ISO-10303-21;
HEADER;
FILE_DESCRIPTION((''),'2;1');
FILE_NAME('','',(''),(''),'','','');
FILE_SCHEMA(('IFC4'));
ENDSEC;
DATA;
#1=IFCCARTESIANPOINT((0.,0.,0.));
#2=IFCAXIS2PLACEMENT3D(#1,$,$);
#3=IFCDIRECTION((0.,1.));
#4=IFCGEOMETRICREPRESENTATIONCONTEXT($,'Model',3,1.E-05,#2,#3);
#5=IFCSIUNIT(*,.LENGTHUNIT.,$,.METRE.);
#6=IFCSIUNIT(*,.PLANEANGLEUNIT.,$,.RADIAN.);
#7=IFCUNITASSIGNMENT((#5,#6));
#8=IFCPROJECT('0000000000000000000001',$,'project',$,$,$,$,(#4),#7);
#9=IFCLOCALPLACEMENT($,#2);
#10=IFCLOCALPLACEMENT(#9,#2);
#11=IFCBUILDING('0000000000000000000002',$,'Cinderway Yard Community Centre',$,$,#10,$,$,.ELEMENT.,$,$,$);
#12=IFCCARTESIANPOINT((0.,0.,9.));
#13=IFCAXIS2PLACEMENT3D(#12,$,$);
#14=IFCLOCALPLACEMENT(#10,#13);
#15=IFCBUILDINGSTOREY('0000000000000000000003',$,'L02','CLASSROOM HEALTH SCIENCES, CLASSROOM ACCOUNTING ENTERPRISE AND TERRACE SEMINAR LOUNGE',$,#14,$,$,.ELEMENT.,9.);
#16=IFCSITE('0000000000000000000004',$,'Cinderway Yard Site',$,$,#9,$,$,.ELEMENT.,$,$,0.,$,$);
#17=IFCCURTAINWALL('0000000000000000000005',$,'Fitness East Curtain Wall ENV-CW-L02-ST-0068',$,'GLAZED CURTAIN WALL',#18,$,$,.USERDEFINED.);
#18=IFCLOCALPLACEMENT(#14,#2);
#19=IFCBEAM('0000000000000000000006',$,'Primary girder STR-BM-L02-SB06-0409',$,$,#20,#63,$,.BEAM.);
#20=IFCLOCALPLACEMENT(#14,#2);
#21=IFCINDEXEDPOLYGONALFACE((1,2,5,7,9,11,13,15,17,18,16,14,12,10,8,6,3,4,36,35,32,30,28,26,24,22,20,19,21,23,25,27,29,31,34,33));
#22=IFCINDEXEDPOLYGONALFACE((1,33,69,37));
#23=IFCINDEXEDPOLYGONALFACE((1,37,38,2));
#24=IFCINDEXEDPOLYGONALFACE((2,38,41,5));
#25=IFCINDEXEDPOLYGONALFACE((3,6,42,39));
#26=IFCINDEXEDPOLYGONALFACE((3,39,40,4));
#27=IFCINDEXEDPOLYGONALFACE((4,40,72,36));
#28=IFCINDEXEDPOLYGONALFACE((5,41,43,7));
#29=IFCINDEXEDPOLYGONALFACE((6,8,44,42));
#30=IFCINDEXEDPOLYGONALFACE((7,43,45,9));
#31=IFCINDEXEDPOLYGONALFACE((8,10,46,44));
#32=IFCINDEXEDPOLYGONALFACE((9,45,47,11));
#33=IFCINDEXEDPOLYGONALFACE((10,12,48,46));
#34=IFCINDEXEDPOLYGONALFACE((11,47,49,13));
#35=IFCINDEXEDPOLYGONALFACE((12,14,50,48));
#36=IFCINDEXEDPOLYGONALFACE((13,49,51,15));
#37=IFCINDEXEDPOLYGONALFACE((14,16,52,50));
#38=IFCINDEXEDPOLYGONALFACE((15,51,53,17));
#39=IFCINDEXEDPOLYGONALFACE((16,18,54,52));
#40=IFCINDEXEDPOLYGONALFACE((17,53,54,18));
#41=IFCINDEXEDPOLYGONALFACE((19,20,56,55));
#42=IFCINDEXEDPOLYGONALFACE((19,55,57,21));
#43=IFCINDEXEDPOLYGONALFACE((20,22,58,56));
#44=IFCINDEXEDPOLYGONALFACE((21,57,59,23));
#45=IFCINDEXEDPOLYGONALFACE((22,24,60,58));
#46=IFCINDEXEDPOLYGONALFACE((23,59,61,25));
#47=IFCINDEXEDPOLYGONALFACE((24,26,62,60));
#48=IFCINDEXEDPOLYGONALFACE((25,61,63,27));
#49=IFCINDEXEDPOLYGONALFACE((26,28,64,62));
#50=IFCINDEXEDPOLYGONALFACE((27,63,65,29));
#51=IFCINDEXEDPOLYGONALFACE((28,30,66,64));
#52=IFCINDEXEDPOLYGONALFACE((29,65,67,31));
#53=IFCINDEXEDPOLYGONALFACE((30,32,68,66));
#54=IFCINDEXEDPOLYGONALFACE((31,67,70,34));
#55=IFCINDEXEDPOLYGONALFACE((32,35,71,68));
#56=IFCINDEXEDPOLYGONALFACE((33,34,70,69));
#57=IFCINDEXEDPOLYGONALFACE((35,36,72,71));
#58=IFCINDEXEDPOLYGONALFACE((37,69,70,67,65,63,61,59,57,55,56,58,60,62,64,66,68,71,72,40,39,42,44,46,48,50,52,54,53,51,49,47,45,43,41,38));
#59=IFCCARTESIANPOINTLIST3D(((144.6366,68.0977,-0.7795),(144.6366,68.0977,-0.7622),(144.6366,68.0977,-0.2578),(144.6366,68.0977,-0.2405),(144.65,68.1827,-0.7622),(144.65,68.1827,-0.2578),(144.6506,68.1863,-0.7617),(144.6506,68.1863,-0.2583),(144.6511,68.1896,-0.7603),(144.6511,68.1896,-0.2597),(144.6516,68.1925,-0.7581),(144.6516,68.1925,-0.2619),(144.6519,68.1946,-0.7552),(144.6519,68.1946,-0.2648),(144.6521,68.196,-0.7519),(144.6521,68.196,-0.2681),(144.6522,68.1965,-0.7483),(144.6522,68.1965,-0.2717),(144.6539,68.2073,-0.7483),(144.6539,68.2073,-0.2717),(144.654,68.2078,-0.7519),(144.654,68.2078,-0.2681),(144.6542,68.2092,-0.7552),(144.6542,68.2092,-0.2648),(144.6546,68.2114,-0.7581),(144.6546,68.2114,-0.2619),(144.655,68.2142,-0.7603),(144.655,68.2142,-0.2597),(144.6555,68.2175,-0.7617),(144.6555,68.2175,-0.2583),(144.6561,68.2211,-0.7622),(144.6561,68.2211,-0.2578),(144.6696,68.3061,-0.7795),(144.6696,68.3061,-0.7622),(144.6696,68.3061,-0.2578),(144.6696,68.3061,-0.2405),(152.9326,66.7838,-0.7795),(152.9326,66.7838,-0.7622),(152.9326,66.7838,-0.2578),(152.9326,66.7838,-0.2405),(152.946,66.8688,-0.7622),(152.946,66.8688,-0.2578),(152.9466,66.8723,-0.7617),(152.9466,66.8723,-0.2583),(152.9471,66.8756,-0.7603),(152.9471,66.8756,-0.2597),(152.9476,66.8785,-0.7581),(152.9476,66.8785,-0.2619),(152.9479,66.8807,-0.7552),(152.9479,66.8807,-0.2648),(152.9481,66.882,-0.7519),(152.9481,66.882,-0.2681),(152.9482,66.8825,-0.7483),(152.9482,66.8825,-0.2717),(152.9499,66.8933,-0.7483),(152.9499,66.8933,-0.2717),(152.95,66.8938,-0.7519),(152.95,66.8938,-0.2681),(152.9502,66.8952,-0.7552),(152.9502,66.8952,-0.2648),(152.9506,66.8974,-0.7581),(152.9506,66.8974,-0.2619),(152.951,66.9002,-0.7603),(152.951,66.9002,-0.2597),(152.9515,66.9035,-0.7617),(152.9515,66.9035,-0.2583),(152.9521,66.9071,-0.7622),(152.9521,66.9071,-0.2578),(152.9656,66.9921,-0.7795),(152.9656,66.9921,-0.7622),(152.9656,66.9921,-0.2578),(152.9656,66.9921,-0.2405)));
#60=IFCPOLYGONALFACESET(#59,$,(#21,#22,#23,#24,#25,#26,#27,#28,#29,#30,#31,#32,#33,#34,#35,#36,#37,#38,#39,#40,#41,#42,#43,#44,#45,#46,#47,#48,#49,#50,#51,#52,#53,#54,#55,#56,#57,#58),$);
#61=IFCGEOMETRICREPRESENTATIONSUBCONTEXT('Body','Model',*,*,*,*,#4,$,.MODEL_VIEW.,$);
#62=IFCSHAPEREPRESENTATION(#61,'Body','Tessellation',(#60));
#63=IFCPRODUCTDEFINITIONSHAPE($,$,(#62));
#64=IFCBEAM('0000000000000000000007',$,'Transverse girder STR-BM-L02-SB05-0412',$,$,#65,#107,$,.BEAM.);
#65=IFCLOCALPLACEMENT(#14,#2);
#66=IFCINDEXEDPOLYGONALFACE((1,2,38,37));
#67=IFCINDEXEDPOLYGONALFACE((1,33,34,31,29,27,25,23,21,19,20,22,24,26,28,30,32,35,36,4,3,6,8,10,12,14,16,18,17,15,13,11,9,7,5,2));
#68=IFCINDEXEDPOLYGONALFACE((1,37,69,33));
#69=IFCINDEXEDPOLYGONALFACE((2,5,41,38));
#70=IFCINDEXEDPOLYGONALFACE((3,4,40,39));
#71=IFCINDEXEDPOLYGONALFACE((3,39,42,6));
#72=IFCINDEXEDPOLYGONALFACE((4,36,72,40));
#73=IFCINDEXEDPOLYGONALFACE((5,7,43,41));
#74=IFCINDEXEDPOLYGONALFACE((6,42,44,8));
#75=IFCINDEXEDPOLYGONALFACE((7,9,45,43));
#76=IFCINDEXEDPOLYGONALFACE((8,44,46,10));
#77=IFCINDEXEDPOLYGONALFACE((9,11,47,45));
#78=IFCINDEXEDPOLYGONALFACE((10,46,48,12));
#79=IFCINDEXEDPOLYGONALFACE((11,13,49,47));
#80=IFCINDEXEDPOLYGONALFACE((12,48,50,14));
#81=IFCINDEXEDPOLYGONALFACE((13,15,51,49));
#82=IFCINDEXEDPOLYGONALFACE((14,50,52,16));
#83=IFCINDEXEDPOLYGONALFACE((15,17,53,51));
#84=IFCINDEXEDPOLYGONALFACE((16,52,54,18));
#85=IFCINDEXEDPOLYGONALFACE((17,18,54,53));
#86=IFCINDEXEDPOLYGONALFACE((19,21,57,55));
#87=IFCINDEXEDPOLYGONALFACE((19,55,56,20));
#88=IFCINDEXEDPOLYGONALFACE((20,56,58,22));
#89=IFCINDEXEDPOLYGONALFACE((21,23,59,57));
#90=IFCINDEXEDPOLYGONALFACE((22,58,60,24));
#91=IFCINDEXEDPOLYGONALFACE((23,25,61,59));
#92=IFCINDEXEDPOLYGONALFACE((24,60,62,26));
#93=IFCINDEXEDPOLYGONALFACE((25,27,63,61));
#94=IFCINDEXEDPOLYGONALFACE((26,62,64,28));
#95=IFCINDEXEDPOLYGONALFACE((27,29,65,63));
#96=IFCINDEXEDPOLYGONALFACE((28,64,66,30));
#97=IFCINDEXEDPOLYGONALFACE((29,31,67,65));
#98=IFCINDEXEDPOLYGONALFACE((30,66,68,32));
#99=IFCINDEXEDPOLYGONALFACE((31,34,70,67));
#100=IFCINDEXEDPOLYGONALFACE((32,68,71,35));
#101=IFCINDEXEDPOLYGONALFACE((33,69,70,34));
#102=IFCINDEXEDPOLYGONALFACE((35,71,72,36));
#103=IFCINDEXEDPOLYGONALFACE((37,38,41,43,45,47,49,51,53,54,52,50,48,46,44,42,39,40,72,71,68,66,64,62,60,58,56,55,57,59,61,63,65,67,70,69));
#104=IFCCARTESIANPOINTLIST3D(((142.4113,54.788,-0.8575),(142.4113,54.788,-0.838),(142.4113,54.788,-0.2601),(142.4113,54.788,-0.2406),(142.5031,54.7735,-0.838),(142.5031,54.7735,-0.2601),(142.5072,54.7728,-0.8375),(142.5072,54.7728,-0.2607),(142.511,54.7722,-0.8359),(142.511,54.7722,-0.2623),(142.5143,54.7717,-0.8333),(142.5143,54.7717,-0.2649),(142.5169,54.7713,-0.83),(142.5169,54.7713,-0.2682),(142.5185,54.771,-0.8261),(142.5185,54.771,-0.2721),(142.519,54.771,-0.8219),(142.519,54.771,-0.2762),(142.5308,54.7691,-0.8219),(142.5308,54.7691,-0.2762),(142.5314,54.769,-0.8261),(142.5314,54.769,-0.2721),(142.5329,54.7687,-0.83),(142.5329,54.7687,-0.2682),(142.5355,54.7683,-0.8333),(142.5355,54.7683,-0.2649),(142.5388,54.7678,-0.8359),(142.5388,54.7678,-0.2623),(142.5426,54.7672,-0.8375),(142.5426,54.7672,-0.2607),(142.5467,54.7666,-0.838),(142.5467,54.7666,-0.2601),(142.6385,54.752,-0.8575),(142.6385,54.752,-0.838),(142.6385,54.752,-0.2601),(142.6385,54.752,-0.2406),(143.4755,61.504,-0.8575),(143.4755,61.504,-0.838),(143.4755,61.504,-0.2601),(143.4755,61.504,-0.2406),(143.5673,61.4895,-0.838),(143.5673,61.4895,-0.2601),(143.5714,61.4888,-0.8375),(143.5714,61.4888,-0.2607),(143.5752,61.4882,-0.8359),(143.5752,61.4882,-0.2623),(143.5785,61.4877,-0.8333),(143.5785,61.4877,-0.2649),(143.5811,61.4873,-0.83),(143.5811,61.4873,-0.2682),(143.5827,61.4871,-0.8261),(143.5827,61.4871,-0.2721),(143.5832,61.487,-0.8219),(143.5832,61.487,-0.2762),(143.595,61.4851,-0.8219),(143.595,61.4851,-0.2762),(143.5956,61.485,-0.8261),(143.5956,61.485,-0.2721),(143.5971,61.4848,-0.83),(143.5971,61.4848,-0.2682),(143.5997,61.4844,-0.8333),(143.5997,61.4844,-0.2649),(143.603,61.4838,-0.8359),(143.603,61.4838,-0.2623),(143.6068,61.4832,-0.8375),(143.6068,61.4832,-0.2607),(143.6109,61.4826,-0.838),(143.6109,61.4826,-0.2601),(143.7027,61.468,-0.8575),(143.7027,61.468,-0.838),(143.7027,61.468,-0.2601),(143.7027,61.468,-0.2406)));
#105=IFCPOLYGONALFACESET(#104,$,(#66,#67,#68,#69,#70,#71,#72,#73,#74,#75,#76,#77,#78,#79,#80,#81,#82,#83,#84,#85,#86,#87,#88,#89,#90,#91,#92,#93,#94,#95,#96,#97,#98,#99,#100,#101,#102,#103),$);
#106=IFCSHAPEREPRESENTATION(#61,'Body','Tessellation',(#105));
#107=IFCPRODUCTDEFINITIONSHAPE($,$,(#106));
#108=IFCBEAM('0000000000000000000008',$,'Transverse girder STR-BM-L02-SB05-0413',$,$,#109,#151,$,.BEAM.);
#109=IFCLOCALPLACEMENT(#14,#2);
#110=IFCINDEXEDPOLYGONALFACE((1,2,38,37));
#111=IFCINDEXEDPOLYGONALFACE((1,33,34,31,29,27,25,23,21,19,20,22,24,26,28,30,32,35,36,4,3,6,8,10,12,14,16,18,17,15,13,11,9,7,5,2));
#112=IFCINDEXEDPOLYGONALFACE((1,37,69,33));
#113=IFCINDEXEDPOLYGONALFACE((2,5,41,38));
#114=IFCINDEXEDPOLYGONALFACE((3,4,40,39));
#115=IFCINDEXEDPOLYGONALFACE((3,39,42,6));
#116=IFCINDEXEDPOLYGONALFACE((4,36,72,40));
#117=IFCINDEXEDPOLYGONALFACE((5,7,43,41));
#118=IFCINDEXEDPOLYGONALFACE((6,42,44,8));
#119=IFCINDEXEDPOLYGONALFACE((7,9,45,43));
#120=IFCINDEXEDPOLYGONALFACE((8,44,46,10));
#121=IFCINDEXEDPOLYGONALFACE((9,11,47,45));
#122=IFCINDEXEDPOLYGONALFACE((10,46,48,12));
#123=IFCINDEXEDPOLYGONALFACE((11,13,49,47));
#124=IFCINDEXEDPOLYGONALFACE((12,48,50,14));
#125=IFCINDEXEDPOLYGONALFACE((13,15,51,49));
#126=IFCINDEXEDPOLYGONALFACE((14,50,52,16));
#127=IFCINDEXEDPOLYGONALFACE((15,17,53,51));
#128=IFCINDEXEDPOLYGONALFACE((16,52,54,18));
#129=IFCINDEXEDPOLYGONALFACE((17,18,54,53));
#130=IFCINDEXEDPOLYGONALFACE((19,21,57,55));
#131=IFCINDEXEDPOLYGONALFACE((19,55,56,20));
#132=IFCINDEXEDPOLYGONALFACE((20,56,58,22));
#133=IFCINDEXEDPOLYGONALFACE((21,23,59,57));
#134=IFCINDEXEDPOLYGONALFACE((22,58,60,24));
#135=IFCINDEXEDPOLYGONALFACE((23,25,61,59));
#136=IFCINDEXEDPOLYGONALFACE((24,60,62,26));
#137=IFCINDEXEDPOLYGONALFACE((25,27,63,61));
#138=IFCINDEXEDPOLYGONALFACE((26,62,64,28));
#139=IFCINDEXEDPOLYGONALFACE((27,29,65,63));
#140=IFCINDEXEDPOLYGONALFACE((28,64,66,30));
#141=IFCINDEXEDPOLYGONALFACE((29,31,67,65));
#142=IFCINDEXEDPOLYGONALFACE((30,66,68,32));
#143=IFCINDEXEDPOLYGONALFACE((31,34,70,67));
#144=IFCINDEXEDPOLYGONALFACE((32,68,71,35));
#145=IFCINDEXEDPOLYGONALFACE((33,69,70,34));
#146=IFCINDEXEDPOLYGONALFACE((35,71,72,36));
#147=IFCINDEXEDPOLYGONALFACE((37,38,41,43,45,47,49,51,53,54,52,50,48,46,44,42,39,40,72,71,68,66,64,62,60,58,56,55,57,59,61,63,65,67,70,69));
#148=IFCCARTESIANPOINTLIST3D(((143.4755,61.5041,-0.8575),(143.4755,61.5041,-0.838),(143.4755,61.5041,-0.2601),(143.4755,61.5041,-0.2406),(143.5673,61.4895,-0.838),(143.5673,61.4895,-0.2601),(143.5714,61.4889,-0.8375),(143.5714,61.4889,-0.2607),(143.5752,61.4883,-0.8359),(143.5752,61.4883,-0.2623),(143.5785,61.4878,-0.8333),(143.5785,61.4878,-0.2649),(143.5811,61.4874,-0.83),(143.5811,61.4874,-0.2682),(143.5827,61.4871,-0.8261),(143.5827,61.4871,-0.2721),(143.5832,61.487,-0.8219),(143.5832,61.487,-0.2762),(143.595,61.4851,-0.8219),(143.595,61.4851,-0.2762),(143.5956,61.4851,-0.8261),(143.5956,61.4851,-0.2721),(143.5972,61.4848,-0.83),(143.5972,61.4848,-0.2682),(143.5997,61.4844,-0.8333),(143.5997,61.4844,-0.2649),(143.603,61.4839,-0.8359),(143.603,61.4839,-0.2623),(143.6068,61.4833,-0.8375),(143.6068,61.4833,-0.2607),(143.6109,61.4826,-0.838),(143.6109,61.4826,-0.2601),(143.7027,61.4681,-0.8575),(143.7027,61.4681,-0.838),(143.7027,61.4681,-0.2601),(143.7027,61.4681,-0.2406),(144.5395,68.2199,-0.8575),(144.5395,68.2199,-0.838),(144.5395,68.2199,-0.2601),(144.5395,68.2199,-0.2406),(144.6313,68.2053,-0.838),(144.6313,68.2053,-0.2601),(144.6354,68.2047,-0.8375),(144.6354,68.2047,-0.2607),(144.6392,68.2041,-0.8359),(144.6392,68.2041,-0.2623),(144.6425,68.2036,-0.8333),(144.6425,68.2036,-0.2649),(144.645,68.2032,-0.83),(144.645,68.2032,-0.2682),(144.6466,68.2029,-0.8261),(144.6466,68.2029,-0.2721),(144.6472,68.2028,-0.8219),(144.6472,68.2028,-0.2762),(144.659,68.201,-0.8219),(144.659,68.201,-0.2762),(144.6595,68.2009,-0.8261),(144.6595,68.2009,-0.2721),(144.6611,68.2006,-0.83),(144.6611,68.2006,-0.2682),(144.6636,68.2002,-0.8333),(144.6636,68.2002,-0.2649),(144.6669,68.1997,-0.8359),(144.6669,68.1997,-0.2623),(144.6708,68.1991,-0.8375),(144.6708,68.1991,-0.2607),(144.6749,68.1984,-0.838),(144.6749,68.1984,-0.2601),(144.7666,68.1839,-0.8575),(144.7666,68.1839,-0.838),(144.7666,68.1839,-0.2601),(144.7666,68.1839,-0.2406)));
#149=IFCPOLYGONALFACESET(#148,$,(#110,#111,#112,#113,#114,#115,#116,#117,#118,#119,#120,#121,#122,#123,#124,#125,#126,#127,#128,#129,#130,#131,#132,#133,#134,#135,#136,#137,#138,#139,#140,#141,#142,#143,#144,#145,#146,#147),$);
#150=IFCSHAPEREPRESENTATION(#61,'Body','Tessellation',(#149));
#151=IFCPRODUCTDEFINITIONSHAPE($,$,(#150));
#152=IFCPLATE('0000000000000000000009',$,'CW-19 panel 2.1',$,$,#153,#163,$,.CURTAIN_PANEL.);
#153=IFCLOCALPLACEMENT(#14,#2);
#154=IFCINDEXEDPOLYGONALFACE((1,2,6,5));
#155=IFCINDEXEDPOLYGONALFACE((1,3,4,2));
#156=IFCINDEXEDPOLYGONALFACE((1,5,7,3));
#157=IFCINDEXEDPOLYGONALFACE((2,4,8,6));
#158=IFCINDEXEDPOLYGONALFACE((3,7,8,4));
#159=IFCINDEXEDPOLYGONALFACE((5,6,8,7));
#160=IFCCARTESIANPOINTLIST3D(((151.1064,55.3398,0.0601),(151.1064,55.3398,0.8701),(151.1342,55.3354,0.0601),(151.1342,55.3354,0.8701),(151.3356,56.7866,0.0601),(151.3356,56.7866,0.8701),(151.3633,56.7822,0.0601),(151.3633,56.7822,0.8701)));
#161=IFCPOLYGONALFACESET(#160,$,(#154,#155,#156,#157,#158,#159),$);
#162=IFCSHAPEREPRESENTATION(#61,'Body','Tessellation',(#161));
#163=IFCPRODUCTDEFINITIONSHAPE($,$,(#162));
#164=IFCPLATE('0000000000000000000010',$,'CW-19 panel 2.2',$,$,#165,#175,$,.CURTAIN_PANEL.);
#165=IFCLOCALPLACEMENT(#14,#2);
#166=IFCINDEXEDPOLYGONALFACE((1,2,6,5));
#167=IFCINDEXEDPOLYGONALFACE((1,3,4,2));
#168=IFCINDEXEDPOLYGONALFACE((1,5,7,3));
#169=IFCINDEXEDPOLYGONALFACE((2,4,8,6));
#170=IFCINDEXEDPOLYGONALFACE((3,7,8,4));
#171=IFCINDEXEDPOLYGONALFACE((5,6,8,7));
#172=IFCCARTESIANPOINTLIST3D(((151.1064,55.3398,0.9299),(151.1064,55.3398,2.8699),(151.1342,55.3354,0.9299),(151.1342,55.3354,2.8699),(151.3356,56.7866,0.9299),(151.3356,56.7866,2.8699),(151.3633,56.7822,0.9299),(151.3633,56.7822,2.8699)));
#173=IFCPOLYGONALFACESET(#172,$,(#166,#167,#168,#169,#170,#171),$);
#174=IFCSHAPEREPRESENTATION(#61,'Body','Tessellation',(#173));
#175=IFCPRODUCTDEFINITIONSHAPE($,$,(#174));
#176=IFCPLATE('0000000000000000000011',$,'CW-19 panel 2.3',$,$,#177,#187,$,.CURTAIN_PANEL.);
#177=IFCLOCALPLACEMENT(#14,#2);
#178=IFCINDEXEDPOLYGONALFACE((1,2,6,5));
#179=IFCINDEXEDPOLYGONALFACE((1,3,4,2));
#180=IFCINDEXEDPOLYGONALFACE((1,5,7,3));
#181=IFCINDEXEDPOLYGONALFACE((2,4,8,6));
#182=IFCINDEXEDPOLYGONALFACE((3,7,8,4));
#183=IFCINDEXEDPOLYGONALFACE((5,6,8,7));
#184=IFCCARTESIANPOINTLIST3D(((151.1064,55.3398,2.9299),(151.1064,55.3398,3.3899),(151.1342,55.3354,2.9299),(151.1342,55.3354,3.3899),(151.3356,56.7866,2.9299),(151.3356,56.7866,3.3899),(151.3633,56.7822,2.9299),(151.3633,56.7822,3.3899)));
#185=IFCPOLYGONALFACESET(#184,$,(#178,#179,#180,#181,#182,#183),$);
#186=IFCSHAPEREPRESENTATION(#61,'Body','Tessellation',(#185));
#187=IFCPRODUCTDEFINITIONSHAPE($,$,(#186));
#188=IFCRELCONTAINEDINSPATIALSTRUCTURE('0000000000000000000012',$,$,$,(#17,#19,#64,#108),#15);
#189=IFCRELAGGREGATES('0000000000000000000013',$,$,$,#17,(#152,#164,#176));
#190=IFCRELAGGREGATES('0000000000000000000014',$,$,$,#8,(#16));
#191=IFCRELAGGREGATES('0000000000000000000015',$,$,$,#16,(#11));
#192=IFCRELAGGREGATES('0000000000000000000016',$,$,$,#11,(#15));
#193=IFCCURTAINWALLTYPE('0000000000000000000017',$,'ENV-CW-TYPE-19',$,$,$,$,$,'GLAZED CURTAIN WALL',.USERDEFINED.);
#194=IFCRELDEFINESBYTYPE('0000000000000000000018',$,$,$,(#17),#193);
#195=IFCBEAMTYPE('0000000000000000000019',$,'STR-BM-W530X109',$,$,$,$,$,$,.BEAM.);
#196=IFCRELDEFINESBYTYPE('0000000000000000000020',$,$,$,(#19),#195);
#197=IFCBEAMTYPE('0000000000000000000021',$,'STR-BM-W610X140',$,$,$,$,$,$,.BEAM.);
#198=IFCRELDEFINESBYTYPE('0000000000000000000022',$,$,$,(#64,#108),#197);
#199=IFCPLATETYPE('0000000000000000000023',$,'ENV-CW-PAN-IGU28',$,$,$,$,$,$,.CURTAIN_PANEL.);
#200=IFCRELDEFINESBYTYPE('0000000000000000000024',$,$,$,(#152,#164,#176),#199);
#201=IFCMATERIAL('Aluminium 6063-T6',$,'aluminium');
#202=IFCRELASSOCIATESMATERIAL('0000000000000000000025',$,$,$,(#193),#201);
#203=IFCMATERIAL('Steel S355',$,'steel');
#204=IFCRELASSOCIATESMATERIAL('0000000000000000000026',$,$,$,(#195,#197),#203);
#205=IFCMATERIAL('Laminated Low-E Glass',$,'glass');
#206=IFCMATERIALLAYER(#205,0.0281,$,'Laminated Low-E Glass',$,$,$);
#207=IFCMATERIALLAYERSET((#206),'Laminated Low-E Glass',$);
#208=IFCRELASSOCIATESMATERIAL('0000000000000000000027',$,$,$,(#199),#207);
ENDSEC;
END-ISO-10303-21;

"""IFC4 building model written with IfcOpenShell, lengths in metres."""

from ifc_helpers import new_model, si_unit, direction, frame, origin, origin_2d, place, context, subcontext, project, spatial, rectangle, i_section, extrude, material, layer, layer_set, material_profile, profile_set, type_object, element, aggregate, save


model = new_model("IFC4")

# Units and contexts
model_context = context("Model", 3, precision=1e-05, world=origin(), true_north=direction((0.0, 1.0)))
body_context = subcontext(model_context, "Body", "Model", "MODEL_VIEW")
ifc_project = project(units=[si_unit("LENGTHUNIT", "METRE"), si_unit("PLANEANGLEUNIT", "RADIAN")], contexts=[model_context])

# Site, building, storey
site_placement = place(None, origin())
site = spatial("IfcSite", under=ifc_project, at=site_placement, Name="Cinderway Yard Site", CompositionType="ELEMENT", RefElevation=0.0)
building_placement = place(site_placement, origin())
building = spatial("IfcBuilding", under=site, at=building_placement, Name="Cinderway Yard Community Centre", CompositionType="ELEMENT")
storey_placement = place(building_placement, frame((0.0, 0.0, 9.0)))
storey = spatial("IfcBuildingStorey", under=building, at=storey_placement, Name="L02", Description="CLASSROOM HEALTH SCIENCES, CLASSROOM ACCOUNTING ENTERPRISE AND TERRACE SEMINAR LOUNGE", CompositionType="ELEMENT", Elevation=9.0)

# Curtain wall
ifc_material_1 = material(Name="Aluminium 6063-T6", Category="aluminium")
curtain_wall_type = type_object("IfcCurtainWallType", Name="ENV-CW-TYPE-19", ElementType="GLAZED CURTAIN WALL", PredefinedType="USERDEFINED", material=ifc_material_1)
curtain_wall_placement = place(storey_placement, origin())
curtain_wall = element("IfcCurtainWall", 1, at=curtain_wall_placement, inside=storey, type_object=curtain_wall_type, Name="Fitness East Curtain Wall ENV-CW-L02-ST-0068", ObjectType="GLAZED CURTAIN WALL", PredefinedType="USERDEFINED")

# Beams
ifc_material_2 = material(Name="Steel S355", Category="steel")
ifc_material_profile_1 = material_profile(ifc_material_2, i_section(OverallWidth=0.2109, OverallDepth=0.5391, WebThickness=0.011, FlangeThickness=0.0173, FilletRadius=0.0139, at=origin_2d()), Name="Steel S355")
ifc_profile_set_1 = profile_set([ifc_material_profile_1], Name="Steel S355")
beam_type_1 = type_object("IfcBeamType", Name="STR-BM-W530X109", PredefinedType="BEAM", material=ifc_profile_set_1)
beam_1_placement = place(storey_placement, frame((144.6531, 68.2019, -0.51), z_axis=(0.987688, -0.156437, 0.0), x_axis=(0.156437, 0.987688, 0.0)))
element("IfcBeam", 2, at=beam_1_placement, inside=storey, type_object=beam_type_1, Name="Primary girder STR-BM-L02-SB06-0409", PredefinedType="BEAM", context=body_context, shape_type="SweptSolid", body=[
    extrude(i_section(OverallWidth=0.2109, OverallDepth=0.5391, WebThickness=0.011, FlangeThickness=0.0173, FilletRadius=0.0139, at=origin_2d()), origin(), (0.0, 0.0, 1.0), 8.3994),
])
ifc_material_profile_2 = material_profile(ifc_material_2, i_section(OverallWidth=0.23, OverallDepth=0.6169, WebThickness=0.012, FlangeThickness=0.0195, FilletRadius=0.0161, at=origin_2d()), Name="Steel S355")
ifc_profile_set_2 = profile_set([ifc_material_profile_2], Name="Steel S355")
beam_type_2 = type_object("IfcBeamType", Name="STR-BM-W610X140", PredefinedType="BEAM", material=ifc_profile_set_2)
beam_2_placement = place(storey_placement, frame((142.5249, 54.77, -0.5491), z_axis=(0.156505, 0.987677, 0.0), x_axis=(-0.987677, 0.156505, 0.0)))
element("IfcBeam", 3, at=beam_2_placement, inside=storey, type_object=beam_type_2, Name="Transverse girder STR-BM-L02-SB05-0412", PredefinedType="BEAM", context=body_context, shape_type="SweptSolid", body=[
    extrude(i_section(OverallWidth=0.23, OverallDepth=0.6169, WebThickness=0.012, FlangeThickness=0.0195, FilletRadius=0.0161, at=origin_2d()), origin(), (0.0, 0.0, 1.0), 6.7998),
])
beam_3_placement = place(storey_placement, frame((143.5891, 61.4861, -0.5491), z_axis=(0.156475, 0.987682, 0.0), x_axis=(-0.987682, 0.156475, 0.0)))
element("IfcBeam", 4, at=beam_3_placement, inside=storey, type_object=beam_type_2, Name="Transverse girder STR-BM-L02-SB05-0413", PredefinedType="BEAM", context=body_context, shape_type="SweptSolid", body=[
    extrude(i_section(OverallWidth=0.23, OverallDepth=0.6169, WebThickness=0.012, FlangeThickness=0.0195, FilletRadius=0.0161, at=origin_2d()), origin(), (0.0, 0.0, 1.0), 6.7996),
])

# Plates
ifc_material_3 = material(Name="Laminated Low-E Glass", Category="glass")
ifc_layer_1 = layer(ifc_material_3, 0.0281, Name="Laminated Low-E Glass")
ifc_layer_set_1 = layer_set([ifc_layer_1], Name="Laminated Low-E Glass")
plate_type_1 = type_object("IfcPlateType", Name="ENV-CW-PAN-IGU28", PredefinedType="CURTAIN_PANEL", material=ifc_layer_set_1)
plate_1_placement = place(storey_placement, frame((151.2349, 56.061, 0.0601), z_axis=(0.0, 0.0, 1.0), x_axis=(0.156417, 0.987691, 0.0)))
plate_1 = element("IfcPlate", 5, at=plate_1_placement, type_object=plate_type_1, Name="CW-19 panel 2.1", PredefinedType="CURTAIN_PANEL", context=body_context, shape_type="SweptSolid", body=[
    extrude(rectangle(XDim=1.4648, YDim=0.0281, at=origin_2d()), origin(), (0.0, 0.0, 1.0), 0.8101),
])
plate_2_placement = place(storey_placement, frame((151.2349, 56.061, 0.9299), z_axis=(0.0, 0.0, 1.0), x_axis=(0.156417, 0.987691, 0.0)))
plate_2 = element("IfcPlate", 6, at=plate_2_placement, type_object=plate_type_1, Name="CW-19 panel 2.2", PredefinedType="CURTAIN_PANEL", context=body_context, shape_type="SweptSolid", body=[
    extrude(rectangle(XDim=1.4648, YDim=0.0281, at=origin_2d()), origin(), (0.0, 0.0, 1.0), 1.9399),
])
plate_3_placement = place(storey_placement, frame((151.2349, 56.061, 2.9299), z_axis=(0.0, 0.0, 1.0), x_axis=(0.156417, 0.987691, 0.0)))
plate_3 = element("IfcPlate", 7, at=plate_3_placement, type_object=plate_type_1, Name="CW-19 panel 2.3", PredefinedType="CURTAIN_PANEL", context=body_context, shape_type="SweptSolid", body=[
    extrude(rectangle(XDim=1.4648, YDim=0.0281, at=origin_2d()), origin(), (0.0, 0.0, 1.0), 0.46),
])
aggregate(curtain_wall, [plate_1, plate_2, plate_3])

save(model, "model.ifc")
